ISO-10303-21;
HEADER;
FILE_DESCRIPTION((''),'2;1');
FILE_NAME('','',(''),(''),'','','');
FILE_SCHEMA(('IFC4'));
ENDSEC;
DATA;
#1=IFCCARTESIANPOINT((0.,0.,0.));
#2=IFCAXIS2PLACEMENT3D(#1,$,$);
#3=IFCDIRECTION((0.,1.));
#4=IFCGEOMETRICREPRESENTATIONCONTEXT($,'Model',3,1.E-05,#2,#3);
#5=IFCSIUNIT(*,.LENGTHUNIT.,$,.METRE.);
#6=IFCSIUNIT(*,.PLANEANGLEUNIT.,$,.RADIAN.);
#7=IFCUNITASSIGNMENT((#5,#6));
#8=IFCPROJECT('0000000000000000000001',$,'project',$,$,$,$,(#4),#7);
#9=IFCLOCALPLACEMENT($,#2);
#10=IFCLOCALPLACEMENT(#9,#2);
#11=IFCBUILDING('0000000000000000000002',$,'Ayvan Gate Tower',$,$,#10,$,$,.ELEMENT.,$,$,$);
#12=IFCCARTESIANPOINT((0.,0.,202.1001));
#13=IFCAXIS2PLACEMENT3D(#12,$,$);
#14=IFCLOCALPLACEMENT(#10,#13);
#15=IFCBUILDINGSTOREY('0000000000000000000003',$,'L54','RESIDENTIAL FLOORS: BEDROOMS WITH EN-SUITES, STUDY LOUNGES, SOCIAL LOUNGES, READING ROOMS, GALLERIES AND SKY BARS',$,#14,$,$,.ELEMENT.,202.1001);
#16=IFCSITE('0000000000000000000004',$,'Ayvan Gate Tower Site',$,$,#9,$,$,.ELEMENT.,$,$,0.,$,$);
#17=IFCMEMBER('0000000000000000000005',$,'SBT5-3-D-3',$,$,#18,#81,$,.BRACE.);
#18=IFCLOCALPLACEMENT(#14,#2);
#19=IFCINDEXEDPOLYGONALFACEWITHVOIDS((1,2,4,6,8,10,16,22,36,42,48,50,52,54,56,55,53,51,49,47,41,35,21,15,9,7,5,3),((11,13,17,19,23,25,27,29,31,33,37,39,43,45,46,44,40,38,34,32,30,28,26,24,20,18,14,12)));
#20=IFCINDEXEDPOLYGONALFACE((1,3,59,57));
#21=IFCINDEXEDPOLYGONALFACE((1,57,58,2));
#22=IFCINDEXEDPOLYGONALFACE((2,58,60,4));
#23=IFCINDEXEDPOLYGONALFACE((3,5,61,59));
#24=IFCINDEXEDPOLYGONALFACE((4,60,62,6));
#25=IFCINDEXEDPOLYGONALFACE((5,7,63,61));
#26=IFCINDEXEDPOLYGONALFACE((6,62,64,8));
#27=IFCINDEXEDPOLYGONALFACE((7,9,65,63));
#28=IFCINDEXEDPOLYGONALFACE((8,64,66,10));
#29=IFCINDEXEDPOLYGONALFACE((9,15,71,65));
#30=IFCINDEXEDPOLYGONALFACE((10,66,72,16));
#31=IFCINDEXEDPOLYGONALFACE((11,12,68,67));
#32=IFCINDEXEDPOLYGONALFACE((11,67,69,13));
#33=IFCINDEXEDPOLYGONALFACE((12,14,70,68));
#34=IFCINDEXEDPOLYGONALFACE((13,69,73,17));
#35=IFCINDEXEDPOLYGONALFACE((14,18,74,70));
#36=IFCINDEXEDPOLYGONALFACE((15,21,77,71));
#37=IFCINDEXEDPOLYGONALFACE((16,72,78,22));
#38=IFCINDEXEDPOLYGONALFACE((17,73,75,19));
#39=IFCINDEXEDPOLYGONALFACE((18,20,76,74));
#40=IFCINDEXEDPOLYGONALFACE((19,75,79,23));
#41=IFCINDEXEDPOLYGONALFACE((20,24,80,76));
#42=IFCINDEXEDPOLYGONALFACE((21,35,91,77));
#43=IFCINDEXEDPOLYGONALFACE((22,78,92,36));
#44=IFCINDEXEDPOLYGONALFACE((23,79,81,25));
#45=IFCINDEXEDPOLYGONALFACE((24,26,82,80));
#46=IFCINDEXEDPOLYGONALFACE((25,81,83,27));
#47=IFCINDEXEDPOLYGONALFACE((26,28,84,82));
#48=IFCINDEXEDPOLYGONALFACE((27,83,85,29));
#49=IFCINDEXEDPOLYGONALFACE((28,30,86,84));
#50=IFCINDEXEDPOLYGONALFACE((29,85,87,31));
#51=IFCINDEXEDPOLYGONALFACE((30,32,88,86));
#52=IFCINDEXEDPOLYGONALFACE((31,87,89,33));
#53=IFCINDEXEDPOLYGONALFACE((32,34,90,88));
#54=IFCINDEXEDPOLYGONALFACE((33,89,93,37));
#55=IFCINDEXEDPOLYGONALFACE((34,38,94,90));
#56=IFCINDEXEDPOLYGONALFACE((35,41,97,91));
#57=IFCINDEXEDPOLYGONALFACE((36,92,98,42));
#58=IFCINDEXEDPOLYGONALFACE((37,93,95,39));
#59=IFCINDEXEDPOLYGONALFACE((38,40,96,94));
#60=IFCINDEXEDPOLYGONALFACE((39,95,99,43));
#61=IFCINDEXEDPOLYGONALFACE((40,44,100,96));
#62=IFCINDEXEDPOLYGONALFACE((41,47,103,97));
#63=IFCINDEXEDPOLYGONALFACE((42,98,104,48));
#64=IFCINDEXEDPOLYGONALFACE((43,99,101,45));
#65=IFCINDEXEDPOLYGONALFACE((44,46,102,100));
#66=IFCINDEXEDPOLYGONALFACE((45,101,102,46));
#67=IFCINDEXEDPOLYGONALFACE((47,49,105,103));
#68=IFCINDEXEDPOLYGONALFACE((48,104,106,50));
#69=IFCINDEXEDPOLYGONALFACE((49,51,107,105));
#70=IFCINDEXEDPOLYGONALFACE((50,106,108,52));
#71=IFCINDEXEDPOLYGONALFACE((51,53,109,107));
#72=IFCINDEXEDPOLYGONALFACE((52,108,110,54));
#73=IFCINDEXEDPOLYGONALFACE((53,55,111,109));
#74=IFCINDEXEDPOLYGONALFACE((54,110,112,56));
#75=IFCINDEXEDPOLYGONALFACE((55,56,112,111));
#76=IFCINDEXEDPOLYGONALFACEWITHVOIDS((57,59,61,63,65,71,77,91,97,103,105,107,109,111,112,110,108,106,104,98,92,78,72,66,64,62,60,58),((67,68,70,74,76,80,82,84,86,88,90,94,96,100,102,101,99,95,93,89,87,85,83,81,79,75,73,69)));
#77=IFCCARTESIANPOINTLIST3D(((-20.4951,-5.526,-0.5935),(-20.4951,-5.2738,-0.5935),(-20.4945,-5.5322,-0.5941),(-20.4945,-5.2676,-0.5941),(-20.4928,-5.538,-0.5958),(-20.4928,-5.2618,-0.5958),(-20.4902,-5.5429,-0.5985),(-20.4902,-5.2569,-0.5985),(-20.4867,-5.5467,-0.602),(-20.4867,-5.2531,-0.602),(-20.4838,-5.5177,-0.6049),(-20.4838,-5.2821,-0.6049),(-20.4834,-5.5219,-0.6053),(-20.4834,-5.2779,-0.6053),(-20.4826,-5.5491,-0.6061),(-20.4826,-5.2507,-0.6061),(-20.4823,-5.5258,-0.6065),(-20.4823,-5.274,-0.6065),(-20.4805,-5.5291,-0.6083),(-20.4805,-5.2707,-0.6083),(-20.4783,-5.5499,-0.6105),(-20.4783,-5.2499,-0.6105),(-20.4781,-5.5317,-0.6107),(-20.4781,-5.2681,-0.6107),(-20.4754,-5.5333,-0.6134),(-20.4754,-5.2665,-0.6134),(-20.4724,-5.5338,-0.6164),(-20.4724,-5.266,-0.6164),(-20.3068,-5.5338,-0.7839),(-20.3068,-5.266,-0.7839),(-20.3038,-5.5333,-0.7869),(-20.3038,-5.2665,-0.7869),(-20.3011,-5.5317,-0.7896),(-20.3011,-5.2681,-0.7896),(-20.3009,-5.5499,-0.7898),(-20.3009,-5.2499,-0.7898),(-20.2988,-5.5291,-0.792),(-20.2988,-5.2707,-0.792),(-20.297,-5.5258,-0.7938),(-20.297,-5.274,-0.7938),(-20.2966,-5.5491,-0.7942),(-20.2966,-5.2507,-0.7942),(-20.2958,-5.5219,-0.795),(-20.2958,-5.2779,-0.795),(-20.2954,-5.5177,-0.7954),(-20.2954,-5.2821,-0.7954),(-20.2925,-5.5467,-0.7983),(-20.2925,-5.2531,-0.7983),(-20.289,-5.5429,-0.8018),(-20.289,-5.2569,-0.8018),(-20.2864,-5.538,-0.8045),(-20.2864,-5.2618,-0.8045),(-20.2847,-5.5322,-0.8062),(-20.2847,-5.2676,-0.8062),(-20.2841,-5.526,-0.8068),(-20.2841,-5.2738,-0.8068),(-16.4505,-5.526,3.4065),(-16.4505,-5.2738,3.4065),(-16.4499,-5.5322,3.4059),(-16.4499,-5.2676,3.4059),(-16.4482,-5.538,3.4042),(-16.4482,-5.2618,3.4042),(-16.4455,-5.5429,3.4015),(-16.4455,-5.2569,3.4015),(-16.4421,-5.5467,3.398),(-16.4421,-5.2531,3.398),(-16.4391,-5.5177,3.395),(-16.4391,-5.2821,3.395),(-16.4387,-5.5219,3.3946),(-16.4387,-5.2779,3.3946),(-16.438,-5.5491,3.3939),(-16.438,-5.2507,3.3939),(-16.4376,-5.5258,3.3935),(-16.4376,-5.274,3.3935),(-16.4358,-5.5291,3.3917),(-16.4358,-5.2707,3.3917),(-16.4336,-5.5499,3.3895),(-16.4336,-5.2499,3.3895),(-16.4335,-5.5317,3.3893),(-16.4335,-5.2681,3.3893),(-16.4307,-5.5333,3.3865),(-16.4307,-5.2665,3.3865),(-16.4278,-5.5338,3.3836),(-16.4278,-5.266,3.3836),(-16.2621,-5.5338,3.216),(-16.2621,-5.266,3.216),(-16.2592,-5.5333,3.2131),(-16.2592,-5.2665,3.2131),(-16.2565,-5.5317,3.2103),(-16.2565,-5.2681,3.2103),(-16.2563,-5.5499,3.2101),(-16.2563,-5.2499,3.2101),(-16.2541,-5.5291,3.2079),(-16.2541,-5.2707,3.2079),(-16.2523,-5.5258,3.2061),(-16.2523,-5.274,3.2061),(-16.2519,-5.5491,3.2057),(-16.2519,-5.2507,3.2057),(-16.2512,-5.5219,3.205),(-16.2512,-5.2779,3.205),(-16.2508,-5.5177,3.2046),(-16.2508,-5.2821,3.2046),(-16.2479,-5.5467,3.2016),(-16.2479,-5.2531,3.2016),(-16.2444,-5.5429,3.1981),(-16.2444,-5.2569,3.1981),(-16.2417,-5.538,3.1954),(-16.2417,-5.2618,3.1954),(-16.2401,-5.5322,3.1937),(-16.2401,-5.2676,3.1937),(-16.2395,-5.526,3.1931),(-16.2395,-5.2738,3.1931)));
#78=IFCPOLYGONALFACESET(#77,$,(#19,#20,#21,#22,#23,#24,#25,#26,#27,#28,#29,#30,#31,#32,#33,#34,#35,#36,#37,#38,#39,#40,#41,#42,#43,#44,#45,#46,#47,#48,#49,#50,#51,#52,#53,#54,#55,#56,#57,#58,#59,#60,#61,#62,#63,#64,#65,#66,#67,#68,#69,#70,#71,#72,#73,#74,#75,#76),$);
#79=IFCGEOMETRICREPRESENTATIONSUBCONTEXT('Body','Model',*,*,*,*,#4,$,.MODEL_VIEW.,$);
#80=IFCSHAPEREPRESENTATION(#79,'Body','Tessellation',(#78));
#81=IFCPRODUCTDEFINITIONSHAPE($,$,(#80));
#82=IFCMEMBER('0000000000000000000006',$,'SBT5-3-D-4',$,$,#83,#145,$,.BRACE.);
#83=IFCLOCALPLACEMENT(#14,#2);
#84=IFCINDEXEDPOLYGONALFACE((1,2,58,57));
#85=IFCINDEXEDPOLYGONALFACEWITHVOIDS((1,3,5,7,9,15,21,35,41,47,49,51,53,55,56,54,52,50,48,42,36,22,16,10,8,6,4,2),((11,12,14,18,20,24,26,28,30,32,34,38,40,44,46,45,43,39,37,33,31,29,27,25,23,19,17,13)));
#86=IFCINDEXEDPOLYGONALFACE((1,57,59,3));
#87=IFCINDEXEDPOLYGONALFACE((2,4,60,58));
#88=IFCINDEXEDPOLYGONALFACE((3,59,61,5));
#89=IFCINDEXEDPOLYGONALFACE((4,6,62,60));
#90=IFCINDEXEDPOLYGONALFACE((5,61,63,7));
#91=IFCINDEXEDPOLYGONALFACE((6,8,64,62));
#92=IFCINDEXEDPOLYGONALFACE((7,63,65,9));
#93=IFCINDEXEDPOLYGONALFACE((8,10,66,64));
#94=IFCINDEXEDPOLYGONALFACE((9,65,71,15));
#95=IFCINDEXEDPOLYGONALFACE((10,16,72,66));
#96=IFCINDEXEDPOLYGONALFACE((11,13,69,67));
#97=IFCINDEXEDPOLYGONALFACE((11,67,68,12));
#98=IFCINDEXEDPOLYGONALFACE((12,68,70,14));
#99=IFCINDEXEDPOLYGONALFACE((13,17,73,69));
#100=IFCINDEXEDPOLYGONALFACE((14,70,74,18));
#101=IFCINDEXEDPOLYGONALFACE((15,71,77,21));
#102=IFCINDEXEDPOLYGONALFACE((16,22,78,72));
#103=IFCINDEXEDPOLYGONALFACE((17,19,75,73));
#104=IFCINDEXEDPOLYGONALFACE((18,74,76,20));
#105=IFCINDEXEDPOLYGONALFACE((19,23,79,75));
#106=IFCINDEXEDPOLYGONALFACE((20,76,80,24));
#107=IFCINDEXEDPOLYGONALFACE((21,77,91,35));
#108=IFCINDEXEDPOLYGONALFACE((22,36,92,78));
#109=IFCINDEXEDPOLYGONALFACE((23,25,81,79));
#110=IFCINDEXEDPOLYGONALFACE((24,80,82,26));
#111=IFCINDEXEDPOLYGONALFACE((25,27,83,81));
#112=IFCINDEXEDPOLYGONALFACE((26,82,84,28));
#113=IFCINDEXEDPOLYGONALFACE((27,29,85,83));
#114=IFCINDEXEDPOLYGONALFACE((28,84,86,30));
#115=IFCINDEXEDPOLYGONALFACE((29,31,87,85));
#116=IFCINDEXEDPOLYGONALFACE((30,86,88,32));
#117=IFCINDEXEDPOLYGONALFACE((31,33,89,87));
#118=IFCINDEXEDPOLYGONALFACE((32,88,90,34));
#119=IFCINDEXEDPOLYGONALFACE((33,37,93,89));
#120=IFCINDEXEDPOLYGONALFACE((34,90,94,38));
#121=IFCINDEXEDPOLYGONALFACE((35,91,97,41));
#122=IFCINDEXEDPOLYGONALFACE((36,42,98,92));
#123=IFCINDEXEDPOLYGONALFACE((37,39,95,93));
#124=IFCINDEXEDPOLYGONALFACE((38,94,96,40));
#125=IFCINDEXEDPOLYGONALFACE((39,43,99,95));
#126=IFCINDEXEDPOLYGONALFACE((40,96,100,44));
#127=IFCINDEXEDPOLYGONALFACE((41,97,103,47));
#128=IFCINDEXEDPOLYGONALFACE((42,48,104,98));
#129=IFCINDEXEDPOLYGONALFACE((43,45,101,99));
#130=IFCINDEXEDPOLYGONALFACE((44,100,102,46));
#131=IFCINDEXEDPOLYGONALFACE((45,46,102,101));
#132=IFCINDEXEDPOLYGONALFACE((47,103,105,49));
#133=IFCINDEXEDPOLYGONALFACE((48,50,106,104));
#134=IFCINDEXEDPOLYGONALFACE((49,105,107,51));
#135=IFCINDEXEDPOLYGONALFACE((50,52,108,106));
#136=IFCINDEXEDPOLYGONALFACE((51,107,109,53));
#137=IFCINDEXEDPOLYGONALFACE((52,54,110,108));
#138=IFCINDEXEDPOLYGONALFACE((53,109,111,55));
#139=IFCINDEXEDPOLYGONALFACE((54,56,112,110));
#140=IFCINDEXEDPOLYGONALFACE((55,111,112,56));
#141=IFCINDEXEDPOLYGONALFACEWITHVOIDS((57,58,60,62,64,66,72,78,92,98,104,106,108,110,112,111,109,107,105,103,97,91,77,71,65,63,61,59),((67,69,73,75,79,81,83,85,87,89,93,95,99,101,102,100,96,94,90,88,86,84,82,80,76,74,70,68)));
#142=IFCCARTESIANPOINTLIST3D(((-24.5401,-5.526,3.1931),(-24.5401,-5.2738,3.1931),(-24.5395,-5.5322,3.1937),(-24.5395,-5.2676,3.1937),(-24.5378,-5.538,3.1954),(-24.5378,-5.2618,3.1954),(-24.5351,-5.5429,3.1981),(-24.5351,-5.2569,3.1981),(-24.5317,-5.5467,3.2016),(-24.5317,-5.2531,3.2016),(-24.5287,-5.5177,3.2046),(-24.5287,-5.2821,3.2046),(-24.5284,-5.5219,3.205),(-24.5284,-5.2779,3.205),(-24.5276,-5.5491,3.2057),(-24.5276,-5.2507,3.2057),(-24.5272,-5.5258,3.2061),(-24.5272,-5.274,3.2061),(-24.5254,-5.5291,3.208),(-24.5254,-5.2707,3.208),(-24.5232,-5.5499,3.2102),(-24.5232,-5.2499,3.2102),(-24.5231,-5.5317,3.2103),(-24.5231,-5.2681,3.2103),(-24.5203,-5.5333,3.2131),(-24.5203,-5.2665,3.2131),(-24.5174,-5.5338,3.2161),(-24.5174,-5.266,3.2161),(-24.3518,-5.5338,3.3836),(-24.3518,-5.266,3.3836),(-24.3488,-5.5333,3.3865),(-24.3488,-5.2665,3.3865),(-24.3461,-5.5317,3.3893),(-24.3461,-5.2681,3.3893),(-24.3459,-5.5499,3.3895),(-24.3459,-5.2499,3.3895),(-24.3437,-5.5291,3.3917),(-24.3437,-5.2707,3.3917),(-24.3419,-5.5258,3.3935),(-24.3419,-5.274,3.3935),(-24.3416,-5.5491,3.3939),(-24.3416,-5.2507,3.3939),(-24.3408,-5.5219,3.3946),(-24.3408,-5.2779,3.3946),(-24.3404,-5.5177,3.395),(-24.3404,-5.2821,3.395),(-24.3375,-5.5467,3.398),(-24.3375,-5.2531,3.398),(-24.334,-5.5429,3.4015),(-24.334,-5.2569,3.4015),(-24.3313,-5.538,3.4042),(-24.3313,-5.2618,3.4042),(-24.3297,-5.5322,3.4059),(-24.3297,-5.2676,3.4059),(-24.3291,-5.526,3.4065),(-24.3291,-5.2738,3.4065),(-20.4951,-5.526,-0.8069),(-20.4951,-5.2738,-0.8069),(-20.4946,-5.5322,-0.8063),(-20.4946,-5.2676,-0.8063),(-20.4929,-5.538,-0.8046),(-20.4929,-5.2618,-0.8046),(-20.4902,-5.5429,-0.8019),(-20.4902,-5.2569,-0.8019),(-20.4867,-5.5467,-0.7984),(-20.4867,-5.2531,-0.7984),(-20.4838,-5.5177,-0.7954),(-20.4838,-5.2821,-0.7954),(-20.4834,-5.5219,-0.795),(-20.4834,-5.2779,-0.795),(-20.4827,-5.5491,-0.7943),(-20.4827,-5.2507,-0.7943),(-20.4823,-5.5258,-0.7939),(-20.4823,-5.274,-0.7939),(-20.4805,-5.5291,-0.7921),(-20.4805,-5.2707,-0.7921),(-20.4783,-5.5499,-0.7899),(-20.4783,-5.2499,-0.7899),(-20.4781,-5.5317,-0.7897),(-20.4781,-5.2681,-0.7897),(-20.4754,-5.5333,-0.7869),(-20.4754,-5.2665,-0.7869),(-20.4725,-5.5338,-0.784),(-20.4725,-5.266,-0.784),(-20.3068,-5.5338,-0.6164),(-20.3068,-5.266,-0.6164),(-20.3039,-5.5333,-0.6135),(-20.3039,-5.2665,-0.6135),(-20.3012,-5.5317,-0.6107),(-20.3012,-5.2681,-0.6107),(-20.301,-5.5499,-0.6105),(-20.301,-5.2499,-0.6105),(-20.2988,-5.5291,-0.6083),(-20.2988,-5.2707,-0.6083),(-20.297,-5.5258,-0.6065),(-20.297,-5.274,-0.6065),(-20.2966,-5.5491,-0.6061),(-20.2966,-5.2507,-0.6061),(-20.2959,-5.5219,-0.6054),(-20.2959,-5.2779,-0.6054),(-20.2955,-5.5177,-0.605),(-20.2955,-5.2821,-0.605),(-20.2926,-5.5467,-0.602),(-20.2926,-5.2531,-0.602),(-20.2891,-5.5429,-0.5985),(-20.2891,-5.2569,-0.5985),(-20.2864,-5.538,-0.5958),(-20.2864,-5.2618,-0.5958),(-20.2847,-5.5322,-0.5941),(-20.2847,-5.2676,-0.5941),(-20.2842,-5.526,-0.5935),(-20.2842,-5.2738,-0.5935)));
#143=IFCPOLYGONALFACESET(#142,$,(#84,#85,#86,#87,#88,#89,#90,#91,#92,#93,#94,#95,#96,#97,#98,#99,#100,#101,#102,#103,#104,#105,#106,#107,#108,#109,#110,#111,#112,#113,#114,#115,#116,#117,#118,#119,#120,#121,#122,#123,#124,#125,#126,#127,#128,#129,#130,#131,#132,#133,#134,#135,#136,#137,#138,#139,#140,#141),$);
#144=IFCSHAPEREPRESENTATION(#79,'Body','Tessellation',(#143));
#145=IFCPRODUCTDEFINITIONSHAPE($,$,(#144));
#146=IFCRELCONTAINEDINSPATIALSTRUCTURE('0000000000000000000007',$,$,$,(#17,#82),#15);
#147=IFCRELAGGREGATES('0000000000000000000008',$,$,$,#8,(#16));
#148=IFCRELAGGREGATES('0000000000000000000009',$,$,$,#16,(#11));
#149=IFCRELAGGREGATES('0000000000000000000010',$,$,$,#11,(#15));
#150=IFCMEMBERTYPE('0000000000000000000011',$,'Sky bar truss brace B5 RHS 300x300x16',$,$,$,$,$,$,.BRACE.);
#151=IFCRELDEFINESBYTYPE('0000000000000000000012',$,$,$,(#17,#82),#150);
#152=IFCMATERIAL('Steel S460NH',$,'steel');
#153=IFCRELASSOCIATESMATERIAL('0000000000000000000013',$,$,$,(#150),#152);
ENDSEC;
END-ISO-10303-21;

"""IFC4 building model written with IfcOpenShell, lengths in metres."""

from ifc_helpers import new_model, si_unit, direction, frame, origin, origin_2d, place, context, subcontext, project, spatial, hollow_rectangle, extrude, material, material_profile, profile_set, type_object, element, save


model = new_model("IFC4")

# Units and contexts
model_context = context("Model", 3, precision=1e-05, world=origin(), true_north=direction((0.0, 1.0)))
body_context = subcontext(model_context, "Body", "Model", "MODEL_VIEW")
ifc_project = project(units=[si_unit("LENGTHUNIT", "METRE"), si_unit("PLANEANGLEUNIT", "RADIAN")], contexts=[model_context])

# Site, building, storey
site_placement = place(None, origin())
site = spatial("IfcSite", under=ifc_project, at=site_placement, Name="Ayvan Gate Tower Site", CompositionType="ELEMENT", RefElevation=0.0)
building_placement = place(site_placement, origin())
building = spatial("IfcBuilding", under=site, at=building_placement, Name="Ayvan Gate Tower", CompositionType="ELEMENT")
storey_placement = place(building_placement, frame((0.0, 0.0, 202.1001)))
storey = spatial("IfcBuildingStorey", under=building, at=storey_placement, Name="L54", Description="RESIDENTIAL FLOORS: BEDROOMS WITH EN-SUITES, STUDY LOUNGES, SOCIAL LOUNGES, READING ROOMS, GALLERIES AND SKY BARS", CompositionType="ELEMENT", Elevation=202.1001)

# Members
ifc_material_1 = material(Name="Steel S460NH", Category="steel")
ifc_material_profile_1 = material_profile(ifc_material_1, hollow_rectangle(XDim=0.3, YDim=0.3, WallThickness=0.0161, InnerFilletRadius=0.0161, OuterFilletRadius=0.0239, at=origin_2d()), Name="RHS 300x300x16")
ifc_profile_set_1 = profile_set([ifc_material_profile_1], Name="Steel S460NH")
member_type_1 = type_object("IfcMemberType", Name="Sky bar truss brace B5 RHS 300x300x16", PredefinedType="BRACE", material=ifc_profile_set_1)
member_1_placement = place(storey_placement, frame((-16.345, -5.3999, 3.2998), z_axis=(-0.711023, 0.0, -0.703169), x_axis=(0.0, -1.0, 0.0)))
element("IfcMember", 1, at=member_1_placement, inside=storey, type_object=member_type_1, Name="SBT5-3-D-3", PredefinedType="BRACE", context=body_context, shape_type="SweptSolid", body=[
    extrude(hollow_rectangle(XDim=0.3, YDim=0.3, WallThickness=0.0161, InnerFilletRadius=0.0161, OuterFilletRadius=0.0239, at=origin_2d()), origin(), (0.0, 0.0, 1.0), 5.6885),
])
for number, where, z_axis, x_axis, name in (
    (2, (-20.3896, -5.3999, -0.7002), (-0.711044, 0.0, 0.703147), (0.0, -1.0, 0.0), "SBT5-3-D-4"),
):
    element("IfcMember", number, at=place(storey_placement, frame(where, z_axis=z_axis, x_axis=x_axis)), inside=storey, type_object=member_type_1, Name=name, PredefinedType="BRACE", context=body_context, shape_type="SweptSolid", body=[
        extrude(hollow_rectangle(XDim=0.3, YDim=0.3, WallThickness=0.0161, InnerFilletRadius=0.0161, OuterFilletRadius=0.0239, at=origin_2d()), origin(), (0.0, 0.0, 1.0), 5.6887),
    ])

save(model, "model.ifc")
